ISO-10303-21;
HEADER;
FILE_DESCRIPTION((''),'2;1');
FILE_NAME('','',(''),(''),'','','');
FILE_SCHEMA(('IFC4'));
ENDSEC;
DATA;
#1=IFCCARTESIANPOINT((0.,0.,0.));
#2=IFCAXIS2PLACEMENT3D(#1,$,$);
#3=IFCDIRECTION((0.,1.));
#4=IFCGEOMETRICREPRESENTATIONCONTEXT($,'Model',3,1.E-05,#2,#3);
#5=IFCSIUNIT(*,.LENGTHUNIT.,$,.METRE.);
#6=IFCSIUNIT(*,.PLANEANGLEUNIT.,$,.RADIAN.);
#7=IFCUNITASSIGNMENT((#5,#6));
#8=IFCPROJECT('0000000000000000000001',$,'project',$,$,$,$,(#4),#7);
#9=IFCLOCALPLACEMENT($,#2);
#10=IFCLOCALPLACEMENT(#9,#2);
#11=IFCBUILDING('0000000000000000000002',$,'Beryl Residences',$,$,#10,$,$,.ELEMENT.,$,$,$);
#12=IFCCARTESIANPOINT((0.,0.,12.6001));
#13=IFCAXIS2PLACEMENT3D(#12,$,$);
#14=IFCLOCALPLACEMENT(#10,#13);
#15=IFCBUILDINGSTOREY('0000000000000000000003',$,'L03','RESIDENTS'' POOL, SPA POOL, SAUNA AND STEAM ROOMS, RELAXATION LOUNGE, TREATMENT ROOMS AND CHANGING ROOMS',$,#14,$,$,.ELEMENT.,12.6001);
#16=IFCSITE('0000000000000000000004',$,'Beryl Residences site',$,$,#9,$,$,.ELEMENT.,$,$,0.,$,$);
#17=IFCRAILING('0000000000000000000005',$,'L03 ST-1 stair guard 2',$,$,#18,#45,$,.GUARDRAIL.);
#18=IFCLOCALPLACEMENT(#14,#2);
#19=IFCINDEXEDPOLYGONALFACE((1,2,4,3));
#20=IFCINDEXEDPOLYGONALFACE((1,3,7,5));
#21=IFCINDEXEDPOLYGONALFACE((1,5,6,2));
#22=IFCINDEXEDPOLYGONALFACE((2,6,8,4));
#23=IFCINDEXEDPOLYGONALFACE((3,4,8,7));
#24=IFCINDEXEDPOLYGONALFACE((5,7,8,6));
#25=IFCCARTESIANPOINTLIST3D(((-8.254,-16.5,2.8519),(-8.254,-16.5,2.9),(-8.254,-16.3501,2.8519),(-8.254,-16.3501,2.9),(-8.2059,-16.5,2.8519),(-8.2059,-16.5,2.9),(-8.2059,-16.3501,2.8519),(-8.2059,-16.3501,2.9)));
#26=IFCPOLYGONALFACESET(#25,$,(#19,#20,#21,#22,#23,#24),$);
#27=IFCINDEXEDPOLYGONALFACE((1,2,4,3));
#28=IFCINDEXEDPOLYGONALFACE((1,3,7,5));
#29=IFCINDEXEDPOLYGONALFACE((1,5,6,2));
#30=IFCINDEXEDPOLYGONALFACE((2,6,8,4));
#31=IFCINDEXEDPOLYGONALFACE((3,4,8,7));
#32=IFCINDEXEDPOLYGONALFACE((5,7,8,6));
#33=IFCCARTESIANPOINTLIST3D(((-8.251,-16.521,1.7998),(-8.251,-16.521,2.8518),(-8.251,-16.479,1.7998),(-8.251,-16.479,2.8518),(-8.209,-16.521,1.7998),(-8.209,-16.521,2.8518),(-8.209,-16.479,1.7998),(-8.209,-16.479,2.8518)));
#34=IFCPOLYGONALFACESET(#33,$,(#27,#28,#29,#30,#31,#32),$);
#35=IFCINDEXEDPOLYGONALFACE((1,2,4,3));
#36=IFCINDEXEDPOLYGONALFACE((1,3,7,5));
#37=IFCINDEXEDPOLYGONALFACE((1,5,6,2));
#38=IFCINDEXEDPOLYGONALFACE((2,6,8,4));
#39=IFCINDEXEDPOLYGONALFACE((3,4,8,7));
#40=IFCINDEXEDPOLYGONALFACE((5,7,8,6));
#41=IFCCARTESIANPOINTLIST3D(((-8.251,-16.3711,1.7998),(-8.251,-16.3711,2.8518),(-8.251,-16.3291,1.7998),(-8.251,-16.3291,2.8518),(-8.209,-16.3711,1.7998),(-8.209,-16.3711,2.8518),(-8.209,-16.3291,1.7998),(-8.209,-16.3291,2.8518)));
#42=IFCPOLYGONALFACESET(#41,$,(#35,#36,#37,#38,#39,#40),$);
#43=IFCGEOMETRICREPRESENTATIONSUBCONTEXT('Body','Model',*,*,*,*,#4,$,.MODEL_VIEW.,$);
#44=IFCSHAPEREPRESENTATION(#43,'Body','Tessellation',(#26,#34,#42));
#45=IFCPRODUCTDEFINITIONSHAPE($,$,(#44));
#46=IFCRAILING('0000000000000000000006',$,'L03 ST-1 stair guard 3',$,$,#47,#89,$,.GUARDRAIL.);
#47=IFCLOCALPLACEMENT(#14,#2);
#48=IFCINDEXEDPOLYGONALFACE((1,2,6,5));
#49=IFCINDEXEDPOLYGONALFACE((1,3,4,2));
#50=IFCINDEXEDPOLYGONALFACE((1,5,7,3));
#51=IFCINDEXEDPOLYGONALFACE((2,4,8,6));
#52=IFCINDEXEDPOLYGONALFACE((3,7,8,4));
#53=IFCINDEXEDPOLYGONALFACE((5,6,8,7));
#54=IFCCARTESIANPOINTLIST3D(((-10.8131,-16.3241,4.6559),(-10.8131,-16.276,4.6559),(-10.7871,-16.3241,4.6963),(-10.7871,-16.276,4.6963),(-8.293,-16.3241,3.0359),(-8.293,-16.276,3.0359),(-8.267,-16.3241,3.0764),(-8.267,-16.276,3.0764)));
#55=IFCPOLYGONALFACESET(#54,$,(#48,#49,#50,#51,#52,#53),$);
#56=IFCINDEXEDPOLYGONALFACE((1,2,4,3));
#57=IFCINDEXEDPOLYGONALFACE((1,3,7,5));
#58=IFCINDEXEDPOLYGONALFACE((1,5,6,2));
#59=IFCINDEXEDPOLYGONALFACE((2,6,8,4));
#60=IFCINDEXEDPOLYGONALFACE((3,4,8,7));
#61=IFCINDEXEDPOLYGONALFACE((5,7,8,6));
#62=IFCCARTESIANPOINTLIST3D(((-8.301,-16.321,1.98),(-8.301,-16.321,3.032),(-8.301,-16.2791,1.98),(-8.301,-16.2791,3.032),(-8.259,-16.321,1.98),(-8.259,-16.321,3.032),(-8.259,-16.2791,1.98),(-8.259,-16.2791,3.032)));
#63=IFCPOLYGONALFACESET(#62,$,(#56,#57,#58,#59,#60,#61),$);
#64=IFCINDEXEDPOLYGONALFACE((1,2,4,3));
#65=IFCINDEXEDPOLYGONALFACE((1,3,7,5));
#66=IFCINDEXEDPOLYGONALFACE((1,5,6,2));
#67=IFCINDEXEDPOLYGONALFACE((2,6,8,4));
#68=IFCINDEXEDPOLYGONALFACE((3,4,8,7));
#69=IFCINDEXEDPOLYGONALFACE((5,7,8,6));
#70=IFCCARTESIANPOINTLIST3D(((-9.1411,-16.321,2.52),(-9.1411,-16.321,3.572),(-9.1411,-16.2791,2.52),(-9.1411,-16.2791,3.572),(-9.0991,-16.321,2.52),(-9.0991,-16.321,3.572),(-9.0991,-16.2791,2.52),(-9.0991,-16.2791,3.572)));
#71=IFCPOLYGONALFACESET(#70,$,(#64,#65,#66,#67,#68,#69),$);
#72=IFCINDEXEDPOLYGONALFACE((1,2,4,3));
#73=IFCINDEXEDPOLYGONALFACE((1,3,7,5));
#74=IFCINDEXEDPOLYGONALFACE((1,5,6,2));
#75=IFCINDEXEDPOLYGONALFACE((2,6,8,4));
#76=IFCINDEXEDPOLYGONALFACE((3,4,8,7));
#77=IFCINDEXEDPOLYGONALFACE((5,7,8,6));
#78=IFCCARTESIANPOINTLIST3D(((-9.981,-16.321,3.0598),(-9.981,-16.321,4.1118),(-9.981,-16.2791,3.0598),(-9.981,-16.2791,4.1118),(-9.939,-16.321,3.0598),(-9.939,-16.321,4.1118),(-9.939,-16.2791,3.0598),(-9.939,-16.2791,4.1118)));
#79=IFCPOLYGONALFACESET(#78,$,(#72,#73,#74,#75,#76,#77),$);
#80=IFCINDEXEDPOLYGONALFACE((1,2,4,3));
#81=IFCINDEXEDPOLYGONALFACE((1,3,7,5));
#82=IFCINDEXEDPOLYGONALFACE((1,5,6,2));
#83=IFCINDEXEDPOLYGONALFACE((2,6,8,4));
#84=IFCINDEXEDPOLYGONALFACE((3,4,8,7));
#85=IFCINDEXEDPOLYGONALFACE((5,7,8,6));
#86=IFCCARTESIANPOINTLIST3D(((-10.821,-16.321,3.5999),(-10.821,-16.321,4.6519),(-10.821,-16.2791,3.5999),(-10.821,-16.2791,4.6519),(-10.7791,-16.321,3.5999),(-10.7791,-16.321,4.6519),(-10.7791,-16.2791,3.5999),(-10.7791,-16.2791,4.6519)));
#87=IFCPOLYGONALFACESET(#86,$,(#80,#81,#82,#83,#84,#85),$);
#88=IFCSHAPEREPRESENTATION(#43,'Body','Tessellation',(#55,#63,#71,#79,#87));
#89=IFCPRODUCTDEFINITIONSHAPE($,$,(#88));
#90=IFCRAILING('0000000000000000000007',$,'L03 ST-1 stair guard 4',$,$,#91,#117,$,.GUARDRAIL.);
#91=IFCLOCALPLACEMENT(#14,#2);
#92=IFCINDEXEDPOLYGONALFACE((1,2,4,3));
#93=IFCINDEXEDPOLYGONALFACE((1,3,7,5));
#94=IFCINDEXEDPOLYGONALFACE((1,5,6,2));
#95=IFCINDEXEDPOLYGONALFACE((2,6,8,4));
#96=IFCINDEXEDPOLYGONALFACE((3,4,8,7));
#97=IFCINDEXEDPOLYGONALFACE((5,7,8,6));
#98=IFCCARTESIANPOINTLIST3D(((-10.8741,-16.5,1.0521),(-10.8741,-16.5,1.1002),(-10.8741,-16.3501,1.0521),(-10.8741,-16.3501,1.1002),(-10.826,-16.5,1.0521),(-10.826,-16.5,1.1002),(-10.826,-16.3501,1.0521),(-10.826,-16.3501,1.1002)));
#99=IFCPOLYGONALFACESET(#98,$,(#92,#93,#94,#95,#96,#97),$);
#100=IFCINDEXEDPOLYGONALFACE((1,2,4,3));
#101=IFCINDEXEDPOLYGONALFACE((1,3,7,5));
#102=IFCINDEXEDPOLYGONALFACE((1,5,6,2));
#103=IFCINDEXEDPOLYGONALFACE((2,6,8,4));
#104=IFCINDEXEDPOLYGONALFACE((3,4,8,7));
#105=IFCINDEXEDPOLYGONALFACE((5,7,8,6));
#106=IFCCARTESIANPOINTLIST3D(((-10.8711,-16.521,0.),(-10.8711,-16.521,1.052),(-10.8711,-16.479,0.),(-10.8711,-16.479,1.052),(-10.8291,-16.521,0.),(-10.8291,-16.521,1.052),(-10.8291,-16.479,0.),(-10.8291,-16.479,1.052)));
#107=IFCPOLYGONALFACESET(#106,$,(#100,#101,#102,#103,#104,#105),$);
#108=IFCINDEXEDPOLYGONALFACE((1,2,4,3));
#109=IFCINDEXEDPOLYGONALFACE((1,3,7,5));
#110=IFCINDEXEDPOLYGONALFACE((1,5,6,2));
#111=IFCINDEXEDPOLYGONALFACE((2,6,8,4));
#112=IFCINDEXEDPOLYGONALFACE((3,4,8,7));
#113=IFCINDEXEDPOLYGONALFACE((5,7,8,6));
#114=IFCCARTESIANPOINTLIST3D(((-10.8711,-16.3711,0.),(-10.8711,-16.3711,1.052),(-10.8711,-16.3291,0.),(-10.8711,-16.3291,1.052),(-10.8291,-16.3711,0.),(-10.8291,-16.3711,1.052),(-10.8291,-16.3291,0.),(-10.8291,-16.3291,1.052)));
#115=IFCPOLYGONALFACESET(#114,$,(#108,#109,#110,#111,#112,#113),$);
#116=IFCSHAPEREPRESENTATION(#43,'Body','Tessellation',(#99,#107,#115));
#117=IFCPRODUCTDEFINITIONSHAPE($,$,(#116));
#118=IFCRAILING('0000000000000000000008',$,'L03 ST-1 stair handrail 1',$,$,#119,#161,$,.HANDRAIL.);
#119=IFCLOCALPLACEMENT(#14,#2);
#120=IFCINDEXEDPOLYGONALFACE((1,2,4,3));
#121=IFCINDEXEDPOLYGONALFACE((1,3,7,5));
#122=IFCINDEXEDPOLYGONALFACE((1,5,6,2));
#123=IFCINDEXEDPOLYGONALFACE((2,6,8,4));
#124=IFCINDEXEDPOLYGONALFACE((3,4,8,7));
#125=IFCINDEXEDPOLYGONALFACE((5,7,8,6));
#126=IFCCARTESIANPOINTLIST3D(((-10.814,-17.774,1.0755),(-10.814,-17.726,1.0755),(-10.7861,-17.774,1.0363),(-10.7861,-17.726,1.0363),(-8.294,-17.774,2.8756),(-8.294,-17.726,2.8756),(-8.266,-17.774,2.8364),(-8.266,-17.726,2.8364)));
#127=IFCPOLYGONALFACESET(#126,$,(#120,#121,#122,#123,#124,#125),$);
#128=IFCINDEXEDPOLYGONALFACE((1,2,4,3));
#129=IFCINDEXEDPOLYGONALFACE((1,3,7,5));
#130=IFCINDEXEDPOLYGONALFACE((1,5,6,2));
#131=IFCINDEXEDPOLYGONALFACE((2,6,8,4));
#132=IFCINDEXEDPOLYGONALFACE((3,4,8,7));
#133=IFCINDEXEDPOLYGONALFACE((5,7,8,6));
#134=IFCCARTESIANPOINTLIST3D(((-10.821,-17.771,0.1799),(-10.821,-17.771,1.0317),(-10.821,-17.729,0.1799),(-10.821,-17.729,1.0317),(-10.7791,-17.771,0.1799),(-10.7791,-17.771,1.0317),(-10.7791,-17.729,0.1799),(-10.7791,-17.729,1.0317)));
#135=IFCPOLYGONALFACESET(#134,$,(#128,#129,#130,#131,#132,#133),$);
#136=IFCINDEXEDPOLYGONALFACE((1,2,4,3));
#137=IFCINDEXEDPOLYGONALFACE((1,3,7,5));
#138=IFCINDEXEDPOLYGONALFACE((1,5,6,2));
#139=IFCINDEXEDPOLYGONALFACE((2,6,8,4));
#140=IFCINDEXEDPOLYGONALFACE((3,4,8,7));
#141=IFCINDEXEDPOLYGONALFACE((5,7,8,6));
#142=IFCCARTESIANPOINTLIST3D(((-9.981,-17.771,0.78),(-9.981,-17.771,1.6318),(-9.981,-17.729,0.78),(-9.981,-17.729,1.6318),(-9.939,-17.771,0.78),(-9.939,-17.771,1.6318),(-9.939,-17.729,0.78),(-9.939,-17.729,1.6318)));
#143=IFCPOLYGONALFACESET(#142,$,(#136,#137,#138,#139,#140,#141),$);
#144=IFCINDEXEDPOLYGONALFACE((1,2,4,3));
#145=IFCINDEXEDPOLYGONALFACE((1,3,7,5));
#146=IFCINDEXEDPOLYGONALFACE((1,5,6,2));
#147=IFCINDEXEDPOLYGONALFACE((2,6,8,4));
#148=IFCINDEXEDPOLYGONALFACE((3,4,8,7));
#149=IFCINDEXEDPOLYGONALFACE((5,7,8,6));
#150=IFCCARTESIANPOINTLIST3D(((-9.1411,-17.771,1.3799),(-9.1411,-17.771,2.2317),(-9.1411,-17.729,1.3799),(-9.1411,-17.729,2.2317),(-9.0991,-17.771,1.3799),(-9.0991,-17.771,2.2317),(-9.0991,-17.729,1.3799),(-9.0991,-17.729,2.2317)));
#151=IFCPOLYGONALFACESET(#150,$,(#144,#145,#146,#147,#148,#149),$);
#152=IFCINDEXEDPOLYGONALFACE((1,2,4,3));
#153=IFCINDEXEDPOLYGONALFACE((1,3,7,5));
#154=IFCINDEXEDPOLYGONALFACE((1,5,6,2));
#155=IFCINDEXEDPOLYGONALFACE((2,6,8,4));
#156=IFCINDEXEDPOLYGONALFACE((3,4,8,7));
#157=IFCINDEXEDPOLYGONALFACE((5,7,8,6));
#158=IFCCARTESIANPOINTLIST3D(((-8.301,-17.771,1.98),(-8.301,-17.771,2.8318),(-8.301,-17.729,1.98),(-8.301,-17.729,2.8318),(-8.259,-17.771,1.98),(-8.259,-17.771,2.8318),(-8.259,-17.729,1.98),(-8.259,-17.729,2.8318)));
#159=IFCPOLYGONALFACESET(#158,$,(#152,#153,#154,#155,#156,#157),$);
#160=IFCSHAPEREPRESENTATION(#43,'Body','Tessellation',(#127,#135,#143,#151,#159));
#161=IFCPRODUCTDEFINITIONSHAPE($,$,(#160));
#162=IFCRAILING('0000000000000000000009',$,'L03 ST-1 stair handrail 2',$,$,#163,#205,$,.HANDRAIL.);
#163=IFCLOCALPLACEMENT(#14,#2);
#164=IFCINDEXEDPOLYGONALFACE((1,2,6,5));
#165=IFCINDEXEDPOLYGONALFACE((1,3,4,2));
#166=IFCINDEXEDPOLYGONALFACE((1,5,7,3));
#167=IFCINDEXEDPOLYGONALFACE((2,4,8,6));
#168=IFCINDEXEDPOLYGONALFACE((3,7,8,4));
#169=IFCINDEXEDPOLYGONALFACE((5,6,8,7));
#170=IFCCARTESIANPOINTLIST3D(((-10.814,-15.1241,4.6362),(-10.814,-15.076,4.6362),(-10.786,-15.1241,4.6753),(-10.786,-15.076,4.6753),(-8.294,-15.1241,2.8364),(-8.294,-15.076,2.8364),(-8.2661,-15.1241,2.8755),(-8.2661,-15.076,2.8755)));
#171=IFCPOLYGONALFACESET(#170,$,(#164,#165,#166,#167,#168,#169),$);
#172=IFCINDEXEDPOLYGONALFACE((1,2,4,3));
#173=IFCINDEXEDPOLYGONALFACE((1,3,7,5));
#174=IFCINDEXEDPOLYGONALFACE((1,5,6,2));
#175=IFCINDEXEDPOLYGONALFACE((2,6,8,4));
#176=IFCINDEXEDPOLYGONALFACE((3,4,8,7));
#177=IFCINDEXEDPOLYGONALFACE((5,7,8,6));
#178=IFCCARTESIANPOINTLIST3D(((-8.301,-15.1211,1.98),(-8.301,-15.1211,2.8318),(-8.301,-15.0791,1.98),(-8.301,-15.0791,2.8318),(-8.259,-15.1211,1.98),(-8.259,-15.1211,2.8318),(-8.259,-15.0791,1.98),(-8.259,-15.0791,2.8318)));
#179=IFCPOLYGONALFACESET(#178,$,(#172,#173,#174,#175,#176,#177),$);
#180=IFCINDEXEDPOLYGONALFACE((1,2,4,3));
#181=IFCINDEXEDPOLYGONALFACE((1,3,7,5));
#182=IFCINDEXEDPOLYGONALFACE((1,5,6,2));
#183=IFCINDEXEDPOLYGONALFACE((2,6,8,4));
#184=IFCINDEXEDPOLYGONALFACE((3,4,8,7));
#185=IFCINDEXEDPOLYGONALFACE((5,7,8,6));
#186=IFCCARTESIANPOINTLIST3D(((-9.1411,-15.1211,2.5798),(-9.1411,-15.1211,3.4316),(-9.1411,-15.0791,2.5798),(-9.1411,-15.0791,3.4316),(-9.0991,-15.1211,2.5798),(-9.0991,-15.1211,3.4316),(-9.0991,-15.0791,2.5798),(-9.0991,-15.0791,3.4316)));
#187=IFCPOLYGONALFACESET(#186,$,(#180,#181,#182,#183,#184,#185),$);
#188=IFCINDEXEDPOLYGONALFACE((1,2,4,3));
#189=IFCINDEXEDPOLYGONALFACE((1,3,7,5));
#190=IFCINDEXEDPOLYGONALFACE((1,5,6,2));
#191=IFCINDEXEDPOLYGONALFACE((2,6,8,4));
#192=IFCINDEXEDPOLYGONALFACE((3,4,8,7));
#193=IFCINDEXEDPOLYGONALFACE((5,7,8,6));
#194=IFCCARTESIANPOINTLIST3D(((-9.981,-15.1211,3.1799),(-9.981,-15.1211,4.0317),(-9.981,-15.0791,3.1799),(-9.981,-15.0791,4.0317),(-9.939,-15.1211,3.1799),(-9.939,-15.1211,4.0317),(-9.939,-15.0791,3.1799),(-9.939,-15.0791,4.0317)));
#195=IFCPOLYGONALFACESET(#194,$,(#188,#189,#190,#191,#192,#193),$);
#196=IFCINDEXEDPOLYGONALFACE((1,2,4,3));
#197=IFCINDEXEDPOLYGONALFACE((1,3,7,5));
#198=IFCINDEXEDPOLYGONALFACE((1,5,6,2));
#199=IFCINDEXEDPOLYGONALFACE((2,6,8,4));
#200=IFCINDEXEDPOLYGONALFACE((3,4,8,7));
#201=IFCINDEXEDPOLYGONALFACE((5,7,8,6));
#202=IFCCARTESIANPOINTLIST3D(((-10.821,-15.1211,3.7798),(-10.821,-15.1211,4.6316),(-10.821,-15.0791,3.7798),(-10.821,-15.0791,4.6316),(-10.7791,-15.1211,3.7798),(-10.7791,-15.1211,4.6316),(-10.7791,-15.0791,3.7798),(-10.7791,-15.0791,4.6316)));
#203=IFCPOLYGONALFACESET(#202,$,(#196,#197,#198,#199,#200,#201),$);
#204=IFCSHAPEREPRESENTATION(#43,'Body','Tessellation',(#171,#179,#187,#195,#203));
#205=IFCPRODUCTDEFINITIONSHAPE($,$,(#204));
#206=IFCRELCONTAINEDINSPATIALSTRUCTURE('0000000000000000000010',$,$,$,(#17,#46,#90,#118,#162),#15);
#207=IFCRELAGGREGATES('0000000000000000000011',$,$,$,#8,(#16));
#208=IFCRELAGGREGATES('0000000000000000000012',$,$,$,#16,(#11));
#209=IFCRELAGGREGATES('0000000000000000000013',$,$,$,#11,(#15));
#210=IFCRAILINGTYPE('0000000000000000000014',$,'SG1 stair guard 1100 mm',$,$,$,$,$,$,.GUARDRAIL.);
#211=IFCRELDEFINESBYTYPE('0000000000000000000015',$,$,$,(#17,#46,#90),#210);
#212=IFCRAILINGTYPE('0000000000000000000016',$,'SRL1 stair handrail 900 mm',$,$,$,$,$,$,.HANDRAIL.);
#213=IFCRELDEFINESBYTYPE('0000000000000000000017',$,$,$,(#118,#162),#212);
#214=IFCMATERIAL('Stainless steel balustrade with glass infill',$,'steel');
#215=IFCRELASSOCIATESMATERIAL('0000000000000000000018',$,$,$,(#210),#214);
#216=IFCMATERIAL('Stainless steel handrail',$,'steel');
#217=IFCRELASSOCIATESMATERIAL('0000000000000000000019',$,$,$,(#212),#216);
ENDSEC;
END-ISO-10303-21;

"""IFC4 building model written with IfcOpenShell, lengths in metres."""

from ifc_helpers import new_model, si_unit, direction, frame, origin, origin_2d, place, context, subcontext, project, spatial, rectangle, extrude, material, type_object, element, save


model = new_model("IFC4")

# Units and contexts
model_context = context("Model", 3, precision=1e-05, world=origin(), true_north=direction((0.0, 1.0)))
body_context = subcontext(model_context, "Body", "Model", "MODEL_VIEW")
ifc_project = project(units=[si_unit("LENGTHUNIT", "METRE"), si_unit("PLANEANGLEUNIT", "RADIAN")], contexts=[model_context])

# Site, building, storey
site_placement = place(None, origin())
site = spatial("IfcSite", under=ifc_project, at=site_placement, Name="Beryl Residences site", CompositionType="ELEMENT", RefElevation=0.0)
building_placement = place(site_placement, origin())
building = spatial("IfcBuilding", under=site, at=building_placement, Name="Beryl Residences", CompositionType="ELEMENT")
storey_placement = place(building_placement, frame((0.0, 0.0, 12.6001)))
storey = spatial("IfcBuildingStorey", under=building, at=storey_placement, Name="L03", Description="RESIDENTS' POOL, SPA POOL, SAUNA AND STEAM ROOMS, RELAXATION LOUNGE, TREATMENT ROOMS AND CHANGING ROOMS", CompositionType="ELEMENT", Elevation=12.6001)

# Railings
ifc_material_1 = material(Name="Stainless steel balustrade with glass infill", Category="steel")
railing_type_1 = type_object("IfcRailingType", Name="SG1 stair guard 1100 mm", PredefinedType="GUARDRAIL", material=ifc_material_1)
railing_1_placement = place(storey_placement, frame((-8.23, -16.5, 1.7998)))
element("IfcRailing", 1, at=railing_1_placement, inside=storey, type_object=railing_type_1, Name="L03 ST-1 stair guard 2", PredefinedType="GUARDRAIL", context=body_context, shape_type="SweptSolid", body=[
    extrude(rectangle(XDim=0.0481, YDim=0.0481, at=origin_2d()), frame((0.0, 0.0, 1.0762), z_axis=(0.0, 1.0, 0.0), x_axis=(-1.0, 0.0, 0.0)), (0.0, 0.0, 1.0), 0.1499),
    extrude(rectangle(XDim=0.042, YDim=0.042, at=origin_2d()), origin(), (0.0, 0.0, 1.0), 1.052),
    extrude(rectangle(XDim=0.042, YDim=0.042, at=origin_2d()), frame((0.0, 0.1499, 0.0)), (0.0, 0.0, 1.0), 1.052),
])
railing_2_placement = place(storey_placement, frame((-8.28, -16.3, 1.98)))
element("IfcRailing", 2, at=railing_2_placement, inside=storey, type_object=railing_type_1, Name="L03 ST-1 stair guard 3", PredefinedType="GUARDRAIL", context=body_context, shape_type="SweptSolid", body=[
    extrude(rectangle(XDim=0.0481, YDim=0.0481, at=origin_2d()), frame((0.0, 0.0, 1.0762), z_axis=(-0.8412, 0.0, 0.540725), x_axis=(0.0, -1.0, 0.0)), (0.0, 0.0, 1.0), 2.9958),
    extrude(rectangle(XDim=0.042, YDim=0.042, at=origin_2d()), origin(), (0.0, 0.0, 1.0), 1.052),
    extrude(rectangle(XDim=0.042, YDim=0.042, at=origin_2d()), frame((-0.8401, 0.0, 0.54)), (0.0, 0.0, 1.0), 1.052),
    extrude(rectangle(XDim=0.042, YDim=0.042, at=origin_2d()), frame((-1.6799, 0.0, 1.0798)), (0.0, 0.0, 1.0), 1.052),
    extrude(rectangle(XDim=0.042, YDim=0.042, at=origin_2d()), frame((-2.52, 0.0, 1.6199)), (0.0, 0.0, 1.0), 1.052),
])
railing_3_placement = place(storey_placement, frame((-10.8501, -16.5, 0.0)))
element("IfcRailing", 3, at=railing_3_placement, inside=storey, type_object=railing_type_1, Name="L03 ST-1 stair guard 4", PredefinedType="GUARDRAIL", context=body_context, shape_type="SweptSolid", body=[
    extrude(rectangle(XDim=0.0481, YDim=0.0481, at=origin_2d()), frame((0.0, 0.0, 1.0762), z_axis=(0.0, 1.0, 0.0), x_axis=(-1.0, 0.0, 0.0)), (0.0, 0.0, 1.0), 0.1499),
    extrude(rectangle(XDim=0.042, YDim=0.042, at=origin_2d()), origin(), (0.0, 0.0, 1.0), 1.052),
    extrude(rectangle(XDim=0.042, YDim=0.042, at=origin_2d()), frame((0.0, 0.1499, 0.0)), (0.0, 0.0, 1.0), 1.052),
])
ifc_material_2 = material(Name="Stainless steel handrail", Category="steel")
railing_type_2 = type_object("IfcRailingType", Name="SRL1 stair handrail 900 mm", PredefinedType="HANDRAIL", material=ifc_material_2)
railing_4_placement = place(storey_placement, frame((-10.8, -17.75, 0.1799)))
element("IfcRailing", 4, at=railing_4_placement, inside=storey, type_object=railing_type_2, Name="L03 ST-1 stair handrail 1", PredefinedType="HANDRAIL", context=body_context, shape_type="SweptSolid", body=[
    extrude(rectangle(XDim=0.0481, YDim=0.0481, at=origin_2d()), frame((0.0, 0.0, 0.876), z_axis=(0.813728, 0.0, 0.581246), x_axis=(0.0, 1.0, 0.0)), (0.0, 0.0, 1.0), 3.0969),
    extrude(rectangle(XDim=0.042, YDim=0.042, at=origin_2d()), origin(), (0.0, 0.0, 1.0), 0.8518),
    extrude(rectangle(XDim=0.042, YDim=0.042, at=origin_2d()), frame((0.8401, 0.0, 0.6001)), (0.0, 0.0, 1.0), 0.8518),
    extrude(rectangle(XDim=0.042, YDim=0.042, at=origin_2d()), frame((1.6799, 0.0, 1.2)), (0.0, 0.0, 1.0), 0.8518),
    extrude(rectangle(XDim=0.042, YDim=0.042, at=origin_2d()), frame((2.52, 0.0, 1.8)), (0.0, 0.0, 1.0), 0.8518),
])
railing_5_placement = place(storey_placement, frame((-8.28, -15.1001, 1.98)))
element("IfcRailing", 5, at=railing_5_placement, inside=storey, type_object=railing_type_2, Name="L03 ST-1 stair handrail 2", PredefinedType="HANDRAIL", context=body_context, shape_type="SweptSolid", body=[
    extrude(rectangle(XDim=0.0481, YDim=0.0481, at=origin_2d()), frame((0.0, 0.0, 0.876), z_axis=(-0.813765, 0.0, 0.581193), x_axis=(0.0, -1.0, 0.0)), (0.0, 0.0, 1.0), 3.0967),
    extrude(rectangle(XDim=0.042, YDim=0.042, at=origin_2d()), origin(), (0.0, 0.0, 1.0), 0.8518),
    extrude(rectangle(XDim=0.042, YDim=0.042, at=origin_2d()), frame((-0.8401, 0.0, 0.5999)), (0.0, 0.0, 1.0), 0.8518),
    extrude(rectangle(XDim=0.042, YDim=0.042, at=origin_2d()), frame((-1.6799, 0.0, 1.2)), (0.0, 0.0, 1.0), 0.8518),
    extrude(rectangle(XDim=0.042, YDim=0.042, at=origin_2d()), frame((-2.52, 0.0, 1.7998)), (0.0, 0.0, 1.0), 0.8518),
])

save(model, "model.ifc")
